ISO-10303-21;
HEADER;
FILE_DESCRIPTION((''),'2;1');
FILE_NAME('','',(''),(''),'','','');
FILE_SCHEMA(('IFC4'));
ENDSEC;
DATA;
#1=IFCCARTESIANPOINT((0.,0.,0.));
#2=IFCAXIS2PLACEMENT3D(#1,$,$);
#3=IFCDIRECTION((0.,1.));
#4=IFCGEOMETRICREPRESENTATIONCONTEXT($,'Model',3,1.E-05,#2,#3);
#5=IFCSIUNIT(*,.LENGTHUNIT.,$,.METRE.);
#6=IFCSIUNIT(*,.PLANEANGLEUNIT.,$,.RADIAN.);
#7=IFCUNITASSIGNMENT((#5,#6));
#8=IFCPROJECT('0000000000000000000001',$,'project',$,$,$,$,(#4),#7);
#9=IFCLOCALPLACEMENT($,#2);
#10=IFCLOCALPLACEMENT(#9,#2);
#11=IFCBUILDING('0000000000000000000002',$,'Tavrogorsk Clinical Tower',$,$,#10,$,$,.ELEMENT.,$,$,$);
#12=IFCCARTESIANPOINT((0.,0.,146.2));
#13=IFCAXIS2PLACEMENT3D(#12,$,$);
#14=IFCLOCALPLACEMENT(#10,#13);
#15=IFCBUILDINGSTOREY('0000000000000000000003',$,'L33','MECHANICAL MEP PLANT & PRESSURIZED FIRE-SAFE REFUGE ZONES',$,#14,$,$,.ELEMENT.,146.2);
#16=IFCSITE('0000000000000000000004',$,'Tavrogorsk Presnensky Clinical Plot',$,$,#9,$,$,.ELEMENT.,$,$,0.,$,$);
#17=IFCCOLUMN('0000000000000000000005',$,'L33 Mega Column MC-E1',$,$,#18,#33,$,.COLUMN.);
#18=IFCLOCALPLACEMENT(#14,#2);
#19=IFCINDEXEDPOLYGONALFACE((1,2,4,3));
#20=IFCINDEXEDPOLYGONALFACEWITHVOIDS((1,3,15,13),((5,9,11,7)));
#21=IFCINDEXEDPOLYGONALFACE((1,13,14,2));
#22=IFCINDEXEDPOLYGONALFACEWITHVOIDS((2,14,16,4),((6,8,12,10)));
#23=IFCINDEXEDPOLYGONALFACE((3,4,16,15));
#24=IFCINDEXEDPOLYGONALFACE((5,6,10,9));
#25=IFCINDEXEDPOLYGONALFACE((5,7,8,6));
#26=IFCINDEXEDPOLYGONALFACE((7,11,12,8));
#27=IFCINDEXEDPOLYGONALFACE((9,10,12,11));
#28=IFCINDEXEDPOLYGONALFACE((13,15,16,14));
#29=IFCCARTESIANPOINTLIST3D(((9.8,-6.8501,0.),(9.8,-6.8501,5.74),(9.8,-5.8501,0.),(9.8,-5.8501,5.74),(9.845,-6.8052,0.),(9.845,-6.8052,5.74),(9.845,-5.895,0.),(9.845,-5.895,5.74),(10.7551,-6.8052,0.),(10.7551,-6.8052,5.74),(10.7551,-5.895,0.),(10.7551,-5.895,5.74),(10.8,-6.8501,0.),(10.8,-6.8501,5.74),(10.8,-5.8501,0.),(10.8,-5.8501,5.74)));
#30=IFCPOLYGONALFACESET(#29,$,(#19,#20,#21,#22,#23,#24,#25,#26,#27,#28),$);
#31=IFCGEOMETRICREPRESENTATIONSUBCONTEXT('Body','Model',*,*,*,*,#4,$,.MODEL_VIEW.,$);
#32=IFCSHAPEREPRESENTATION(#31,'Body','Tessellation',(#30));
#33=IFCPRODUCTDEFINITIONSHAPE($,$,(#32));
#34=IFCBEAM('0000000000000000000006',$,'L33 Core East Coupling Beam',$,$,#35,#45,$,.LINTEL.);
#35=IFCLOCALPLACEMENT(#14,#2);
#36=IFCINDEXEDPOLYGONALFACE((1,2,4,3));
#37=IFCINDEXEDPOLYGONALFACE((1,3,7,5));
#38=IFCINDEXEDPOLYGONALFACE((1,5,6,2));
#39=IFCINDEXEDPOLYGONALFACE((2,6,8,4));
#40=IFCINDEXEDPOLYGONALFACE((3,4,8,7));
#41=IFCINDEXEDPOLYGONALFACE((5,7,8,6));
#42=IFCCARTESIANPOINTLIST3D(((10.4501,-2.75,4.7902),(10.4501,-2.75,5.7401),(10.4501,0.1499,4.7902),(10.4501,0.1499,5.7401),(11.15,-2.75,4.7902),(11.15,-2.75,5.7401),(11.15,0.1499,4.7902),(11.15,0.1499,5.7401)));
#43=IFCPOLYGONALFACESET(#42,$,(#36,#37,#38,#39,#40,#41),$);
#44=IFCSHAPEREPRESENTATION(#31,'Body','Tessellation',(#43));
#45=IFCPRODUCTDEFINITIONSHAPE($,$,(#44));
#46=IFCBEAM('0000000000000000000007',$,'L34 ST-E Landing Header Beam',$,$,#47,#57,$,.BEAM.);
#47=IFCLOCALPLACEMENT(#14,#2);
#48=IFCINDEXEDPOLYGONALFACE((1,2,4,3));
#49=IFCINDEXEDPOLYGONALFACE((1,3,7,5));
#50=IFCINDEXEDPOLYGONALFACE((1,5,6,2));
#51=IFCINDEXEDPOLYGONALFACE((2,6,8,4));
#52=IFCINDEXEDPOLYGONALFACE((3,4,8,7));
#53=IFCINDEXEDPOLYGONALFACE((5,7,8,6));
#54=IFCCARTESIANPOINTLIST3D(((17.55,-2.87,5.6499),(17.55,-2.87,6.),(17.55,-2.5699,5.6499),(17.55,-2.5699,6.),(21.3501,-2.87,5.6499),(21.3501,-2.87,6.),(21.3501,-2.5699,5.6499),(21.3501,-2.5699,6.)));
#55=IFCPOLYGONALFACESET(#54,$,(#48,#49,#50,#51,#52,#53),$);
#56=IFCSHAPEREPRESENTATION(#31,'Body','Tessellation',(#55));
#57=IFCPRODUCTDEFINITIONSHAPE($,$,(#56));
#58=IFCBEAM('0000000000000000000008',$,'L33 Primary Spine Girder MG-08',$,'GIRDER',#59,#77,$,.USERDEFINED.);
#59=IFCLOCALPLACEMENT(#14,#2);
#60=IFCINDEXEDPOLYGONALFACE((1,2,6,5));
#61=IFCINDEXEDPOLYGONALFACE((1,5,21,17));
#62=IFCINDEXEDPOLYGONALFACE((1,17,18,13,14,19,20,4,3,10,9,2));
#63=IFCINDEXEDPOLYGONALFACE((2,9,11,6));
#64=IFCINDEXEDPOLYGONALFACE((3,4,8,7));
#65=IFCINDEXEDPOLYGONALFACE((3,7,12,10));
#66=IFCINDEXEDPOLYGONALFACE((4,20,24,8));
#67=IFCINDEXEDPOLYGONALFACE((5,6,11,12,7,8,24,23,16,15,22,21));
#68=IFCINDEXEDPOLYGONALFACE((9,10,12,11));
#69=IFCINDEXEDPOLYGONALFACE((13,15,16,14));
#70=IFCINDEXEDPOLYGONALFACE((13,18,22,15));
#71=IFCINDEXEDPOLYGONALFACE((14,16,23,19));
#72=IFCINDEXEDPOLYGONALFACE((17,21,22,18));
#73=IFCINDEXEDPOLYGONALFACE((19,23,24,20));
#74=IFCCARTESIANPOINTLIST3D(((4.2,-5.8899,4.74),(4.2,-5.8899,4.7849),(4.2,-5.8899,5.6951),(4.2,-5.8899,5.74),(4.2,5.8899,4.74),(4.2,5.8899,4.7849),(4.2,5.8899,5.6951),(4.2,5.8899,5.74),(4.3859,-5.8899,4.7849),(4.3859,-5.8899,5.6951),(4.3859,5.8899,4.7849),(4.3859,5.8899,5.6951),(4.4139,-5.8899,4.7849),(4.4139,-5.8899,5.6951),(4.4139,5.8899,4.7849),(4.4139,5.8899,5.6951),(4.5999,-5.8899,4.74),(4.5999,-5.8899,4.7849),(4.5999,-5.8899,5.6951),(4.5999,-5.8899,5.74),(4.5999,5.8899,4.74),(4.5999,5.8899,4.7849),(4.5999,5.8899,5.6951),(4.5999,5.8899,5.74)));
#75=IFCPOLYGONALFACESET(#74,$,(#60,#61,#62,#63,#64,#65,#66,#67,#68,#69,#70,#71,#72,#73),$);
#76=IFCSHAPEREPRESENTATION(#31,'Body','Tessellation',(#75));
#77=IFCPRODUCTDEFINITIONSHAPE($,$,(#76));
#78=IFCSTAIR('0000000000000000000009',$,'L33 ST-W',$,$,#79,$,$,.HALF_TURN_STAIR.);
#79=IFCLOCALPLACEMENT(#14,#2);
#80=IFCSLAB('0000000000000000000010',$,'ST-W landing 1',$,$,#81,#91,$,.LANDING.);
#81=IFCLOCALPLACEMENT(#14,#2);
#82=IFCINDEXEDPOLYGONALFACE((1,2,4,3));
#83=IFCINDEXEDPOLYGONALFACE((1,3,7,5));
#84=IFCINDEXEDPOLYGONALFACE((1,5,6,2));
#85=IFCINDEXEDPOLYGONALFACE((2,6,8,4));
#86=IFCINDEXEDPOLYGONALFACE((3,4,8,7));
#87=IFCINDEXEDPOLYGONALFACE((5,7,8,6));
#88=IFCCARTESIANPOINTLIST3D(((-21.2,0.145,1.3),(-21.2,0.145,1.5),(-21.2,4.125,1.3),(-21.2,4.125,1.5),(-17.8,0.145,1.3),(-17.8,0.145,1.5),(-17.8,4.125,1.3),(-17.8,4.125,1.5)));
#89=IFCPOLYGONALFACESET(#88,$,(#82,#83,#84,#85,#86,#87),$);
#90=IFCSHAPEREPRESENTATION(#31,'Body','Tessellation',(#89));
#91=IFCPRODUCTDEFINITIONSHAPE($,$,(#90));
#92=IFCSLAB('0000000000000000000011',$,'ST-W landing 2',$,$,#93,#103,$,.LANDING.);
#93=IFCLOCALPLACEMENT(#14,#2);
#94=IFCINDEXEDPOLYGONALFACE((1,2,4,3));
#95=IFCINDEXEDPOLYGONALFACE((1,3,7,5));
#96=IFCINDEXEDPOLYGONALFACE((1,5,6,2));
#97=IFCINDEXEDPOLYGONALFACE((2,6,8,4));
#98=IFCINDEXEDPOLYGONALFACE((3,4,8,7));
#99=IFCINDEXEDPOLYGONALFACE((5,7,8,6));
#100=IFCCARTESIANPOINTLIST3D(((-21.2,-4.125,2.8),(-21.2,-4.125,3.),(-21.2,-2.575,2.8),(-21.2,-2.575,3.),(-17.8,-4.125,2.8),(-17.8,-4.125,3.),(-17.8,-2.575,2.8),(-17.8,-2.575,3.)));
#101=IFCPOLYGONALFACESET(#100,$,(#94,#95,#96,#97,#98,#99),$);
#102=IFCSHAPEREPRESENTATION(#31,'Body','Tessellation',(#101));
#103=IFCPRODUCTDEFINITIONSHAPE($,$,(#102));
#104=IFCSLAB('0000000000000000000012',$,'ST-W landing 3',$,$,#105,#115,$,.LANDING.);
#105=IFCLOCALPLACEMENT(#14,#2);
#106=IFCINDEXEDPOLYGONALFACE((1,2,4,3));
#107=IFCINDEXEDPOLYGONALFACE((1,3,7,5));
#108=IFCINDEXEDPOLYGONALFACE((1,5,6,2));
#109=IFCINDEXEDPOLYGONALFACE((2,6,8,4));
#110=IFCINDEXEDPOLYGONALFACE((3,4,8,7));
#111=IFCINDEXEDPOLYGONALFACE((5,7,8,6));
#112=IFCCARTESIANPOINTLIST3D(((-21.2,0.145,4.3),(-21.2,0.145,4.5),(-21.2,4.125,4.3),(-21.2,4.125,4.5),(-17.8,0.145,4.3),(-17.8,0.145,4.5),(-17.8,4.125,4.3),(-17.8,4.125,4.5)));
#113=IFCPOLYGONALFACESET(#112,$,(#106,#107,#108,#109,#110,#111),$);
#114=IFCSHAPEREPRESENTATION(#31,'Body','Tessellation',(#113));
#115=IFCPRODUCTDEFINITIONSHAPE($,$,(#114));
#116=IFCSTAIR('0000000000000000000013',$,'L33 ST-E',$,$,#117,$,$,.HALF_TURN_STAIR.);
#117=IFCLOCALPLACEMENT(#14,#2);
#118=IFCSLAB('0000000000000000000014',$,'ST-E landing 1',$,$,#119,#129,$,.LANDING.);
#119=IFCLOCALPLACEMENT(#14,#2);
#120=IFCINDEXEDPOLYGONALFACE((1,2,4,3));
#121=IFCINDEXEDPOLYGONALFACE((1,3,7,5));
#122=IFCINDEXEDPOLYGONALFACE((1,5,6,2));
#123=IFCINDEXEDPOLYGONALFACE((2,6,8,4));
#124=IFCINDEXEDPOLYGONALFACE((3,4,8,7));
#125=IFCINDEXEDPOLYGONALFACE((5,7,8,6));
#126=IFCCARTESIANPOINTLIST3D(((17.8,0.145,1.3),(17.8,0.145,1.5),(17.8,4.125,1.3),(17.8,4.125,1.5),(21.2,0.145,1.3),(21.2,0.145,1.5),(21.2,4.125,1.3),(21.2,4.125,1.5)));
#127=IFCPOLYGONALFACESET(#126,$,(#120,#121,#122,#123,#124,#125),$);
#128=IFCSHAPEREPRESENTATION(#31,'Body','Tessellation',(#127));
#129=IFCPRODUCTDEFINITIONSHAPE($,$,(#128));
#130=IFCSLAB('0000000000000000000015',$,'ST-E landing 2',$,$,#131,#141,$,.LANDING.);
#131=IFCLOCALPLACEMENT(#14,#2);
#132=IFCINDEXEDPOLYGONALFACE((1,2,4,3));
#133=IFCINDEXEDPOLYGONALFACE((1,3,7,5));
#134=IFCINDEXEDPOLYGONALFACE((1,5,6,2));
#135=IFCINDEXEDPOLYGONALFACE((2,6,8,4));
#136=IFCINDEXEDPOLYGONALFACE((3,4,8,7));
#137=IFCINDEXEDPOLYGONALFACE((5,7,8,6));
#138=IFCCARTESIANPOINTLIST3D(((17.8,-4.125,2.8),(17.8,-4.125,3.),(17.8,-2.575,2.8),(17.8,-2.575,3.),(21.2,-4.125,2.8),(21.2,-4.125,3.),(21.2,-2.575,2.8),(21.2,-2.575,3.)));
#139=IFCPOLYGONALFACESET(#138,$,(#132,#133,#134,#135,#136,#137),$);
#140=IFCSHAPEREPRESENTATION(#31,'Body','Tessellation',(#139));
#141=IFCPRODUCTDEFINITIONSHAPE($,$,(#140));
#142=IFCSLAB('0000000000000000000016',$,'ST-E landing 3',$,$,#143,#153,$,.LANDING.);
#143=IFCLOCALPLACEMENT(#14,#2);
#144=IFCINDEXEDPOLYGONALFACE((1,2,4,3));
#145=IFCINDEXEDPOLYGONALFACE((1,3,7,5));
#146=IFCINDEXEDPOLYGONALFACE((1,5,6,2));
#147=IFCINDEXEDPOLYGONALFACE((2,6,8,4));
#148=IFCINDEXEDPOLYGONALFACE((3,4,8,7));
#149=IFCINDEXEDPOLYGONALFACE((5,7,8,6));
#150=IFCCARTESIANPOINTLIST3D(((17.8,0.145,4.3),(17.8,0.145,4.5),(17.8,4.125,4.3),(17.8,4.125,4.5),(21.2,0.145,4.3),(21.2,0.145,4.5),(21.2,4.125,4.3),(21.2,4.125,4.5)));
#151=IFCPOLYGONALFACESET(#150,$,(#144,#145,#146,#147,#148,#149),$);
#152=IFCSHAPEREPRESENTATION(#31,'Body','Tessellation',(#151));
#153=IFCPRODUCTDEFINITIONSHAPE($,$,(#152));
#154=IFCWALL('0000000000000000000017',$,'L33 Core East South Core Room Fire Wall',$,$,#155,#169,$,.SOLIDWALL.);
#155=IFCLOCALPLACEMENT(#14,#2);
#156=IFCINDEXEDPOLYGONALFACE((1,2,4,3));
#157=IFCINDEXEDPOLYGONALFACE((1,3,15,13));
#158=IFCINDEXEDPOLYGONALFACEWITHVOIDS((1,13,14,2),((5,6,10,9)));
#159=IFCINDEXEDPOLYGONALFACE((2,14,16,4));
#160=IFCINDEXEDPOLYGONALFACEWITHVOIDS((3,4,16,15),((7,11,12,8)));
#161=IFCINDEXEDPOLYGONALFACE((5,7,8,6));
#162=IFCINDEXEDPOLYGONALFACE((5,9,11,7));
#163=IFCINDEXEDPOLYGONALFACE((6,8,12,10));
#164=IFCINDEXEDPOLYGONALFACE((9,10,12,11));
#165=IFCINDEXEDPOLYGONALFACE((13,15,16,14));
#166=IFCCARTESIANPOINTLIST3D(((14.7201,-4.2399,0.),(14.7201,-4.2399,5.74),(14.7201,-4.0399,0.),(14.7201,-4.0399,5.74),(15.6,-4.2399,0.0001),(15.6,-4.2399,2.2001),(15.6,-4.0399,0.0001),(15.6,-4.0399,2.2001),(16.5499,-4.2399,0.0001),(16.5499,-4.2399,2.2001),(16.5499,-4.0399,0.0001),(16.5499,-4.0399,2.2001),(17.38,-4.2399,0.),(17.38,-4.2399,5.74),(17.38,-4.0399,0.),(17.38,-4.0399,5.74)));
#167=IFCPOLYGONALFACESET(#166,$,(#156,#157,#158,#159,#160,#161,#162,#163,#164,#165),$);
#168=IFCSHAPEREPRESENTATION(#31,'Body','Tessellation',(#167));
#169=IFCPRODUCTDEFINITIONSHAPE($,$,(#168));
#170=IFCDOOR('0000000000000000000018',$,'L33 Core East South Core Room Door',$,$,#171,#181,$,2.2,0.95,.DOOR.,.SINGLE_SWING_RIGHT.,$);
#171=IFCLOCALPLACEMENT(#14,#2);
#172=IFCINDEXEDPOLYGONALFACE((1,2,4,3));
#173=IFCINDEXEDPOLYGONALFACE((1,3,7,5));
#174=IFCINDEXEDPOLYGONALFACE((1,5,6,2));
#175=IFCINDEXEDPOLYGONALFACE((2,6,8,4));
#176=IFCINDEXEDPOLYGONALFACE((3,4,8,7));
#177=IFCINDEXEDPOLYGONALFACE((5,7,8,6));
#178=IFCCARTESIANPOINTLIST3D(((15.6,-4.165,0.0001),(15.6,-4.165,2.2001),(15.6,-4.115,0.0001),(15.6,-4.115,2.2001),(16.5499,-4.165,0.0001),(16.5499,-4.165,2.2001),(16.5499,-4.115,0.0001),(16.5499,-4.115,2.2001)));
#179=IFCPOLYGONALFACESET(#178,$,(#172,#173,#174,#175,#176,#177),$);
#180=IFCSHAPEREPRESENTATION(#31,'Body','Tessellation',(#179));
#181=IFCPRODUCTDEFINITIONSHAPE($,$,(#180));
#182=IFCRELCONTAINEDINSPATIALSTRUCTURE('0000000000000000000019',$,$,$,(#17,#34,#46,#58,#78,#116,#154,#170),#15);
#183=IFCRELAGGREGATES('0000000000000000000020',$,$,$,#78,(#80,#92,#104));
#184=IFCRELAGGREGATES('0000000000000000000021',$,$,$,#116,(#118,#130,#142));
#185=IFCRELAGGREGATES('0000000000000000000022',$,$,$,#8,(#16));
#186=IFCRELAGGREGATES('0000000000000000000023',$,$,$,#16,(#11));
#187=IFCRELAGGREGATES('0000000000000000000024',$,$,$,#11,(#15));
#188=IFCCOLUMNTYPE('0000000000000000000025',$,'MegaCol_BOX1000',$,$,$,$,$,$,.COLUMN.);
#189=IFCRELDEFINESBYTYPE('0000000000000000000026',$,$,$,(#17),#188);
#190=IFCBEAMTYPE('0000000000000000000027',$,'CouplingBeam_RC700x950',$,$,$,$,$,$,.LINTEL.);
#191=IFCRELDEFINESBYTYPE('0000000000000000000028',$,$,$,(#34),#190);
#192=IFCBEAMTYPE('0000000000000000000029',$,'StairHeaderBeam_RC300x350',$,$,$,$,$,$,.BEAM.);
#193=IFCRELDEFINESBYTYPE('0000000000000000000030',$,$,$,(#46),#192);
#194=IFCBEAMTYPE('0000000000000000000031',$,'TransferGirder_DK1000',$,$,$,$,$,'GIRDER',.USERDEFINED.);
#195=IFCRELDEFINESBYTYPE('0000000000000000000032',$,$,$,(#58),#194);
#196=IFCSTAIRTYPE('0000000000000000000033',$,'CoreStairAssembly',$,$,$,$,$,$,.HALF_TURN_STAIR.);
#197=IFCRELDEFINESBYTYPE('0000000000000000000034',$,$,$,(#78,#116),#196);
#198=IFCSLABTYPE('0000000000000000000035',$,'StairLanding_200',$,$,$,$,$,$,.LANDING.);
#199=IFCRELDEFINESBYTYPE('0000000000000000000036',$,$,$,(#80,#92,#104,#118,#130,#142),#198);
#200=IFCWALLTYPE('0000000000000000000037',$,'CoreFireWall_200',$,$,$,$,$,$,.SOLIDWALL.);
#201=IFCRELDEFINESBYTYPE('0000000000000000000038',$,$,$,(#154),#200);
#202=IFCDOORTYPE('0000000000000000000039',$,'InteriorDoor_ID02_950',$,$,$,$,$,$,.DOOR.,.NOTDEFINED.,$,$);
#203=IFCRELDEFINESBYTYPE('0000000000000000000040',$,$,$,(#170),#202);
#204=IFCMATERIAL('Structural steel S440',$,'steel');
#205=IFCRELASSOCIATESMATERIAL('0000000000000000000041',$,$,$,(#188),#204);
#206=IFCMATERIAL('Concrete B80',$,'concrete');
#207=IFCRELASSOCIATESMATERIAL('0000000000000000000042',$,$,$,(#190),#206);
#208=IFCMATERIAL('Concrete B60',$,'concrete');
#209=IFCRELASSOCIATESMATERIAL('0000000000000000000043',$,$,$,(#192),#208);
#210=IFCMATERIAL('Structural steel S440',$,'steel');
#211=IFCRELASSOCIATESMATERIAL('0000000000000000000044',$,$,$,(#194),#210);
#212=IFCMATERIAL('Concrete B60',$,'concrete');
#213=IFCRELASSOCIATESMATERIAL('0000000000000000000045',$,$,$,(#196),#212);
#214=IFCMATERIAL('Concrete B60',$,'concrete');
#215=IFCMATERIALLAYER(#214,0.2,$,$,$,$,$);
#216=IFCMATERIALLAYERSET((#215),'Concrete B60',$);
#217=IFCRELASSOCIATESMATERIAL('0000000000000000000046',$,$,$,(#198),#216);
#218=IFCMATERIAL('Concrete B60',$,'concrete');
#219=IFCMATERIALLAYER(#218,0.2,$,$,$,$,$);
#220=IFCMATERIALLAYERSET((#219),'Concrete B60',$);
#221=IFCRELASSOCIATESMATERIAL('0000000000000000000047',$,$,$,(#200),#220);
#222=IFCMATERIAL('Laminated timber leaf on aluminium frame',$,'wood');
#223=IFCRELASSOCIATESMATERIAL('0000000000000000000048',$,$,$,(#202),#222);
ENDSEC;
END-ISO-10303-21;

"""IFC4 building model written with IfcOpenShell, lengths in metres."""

from ifc_helpers import new_model, si_unit, direction, frame, frame_2d, origin, origin_2d, place, context, subcontext, project, spatial, polyline, rectangle, hollow_rectangle, i_section, outline, extrude, material, layer, layer_set, material_profile, profile_set, type_object, element, fill, aggregate, save


model = new_model("IFC4")

# Units and contexts
model_context = context("Model", 3, precision=1e-05, world=origin(), true_north=direction((0.0, 1.0)))
body_context = subcontext(model_context, "Body", "Model", "MODEL_VIEW")
ifc_project = project(units=[si_unit("LENGTHUNIT", "METRE"), si_unit("PLANEANGLEUNIT", "RADIAN")], contexts=[model_context])

# Site, building, storey
site_placement = place(None, origin())
site = spatial("IfcSite", under=ifc_project, at=site_placement, Name="Tavrogorsk Presnensky Clinical Plot", CompositionType="ELEMENT", RefElevation=0.0)
building_placement = place(site_placement, origin())
building = spatial("IfcBuilding", under=site, at=building_placement, Name="Tavrogorsk Clinical Tower", CompositionType="ELEMENT")
storey_placement = place(building_placement, frame((0.0, 0.0, 146.2)))
storey = spatial("IfcBuildingStorey", under=building, at=storey_placement, Name="L33", Description="MECHANICAL MEP PLANT & PRESSURIZED FIRE-SAFE REFUGE ZONES", CompositionType="ELEMENT", Elevation=146.2)

# Column
ifc_material_1 = material(Name="Structural steel S440", Category="steel")
ifc_material_profile_1 = material_profile(ifc_material_1, hollow_rectangle(XDim=1.0, YDim=1.0, WallThickness=0.0449, at=origin_2d()), Name="BOX-1000x1000x45")
ifc_profile_set_1 = profile_set([ifc_material_profile_1], Name="Structural steel S440")
column_type = type_object("IfcColumnType", Name="MegaCol_BOX1000", PredefinedType="COLUMN", material=ifc_profile_set_1)
column_placement = place(storey_placement, frame((10.3, -6.3501, 0.0), z_axis=(0.0, 0.0, 1.0), x_axis=(1.0, 0.0, 0.0)))
element("IfcColumn", 1, at=column_placement, inside=storey, type_object=column_type, Name="L33 Mega Column MC-E1", PredefinedType="COLUMN", context=body_context, shape_type="SweptSolid", body=[
    extrude(hollow_rectangle(XDim=1.0, YDim=1.0, WallThickness=0.0449, at=origin_2d()), origin(), (0.0, 0.0, 1.0), 5.74),
])

# Beams
ifc_material_2 = material(Name="Concrete B80", Category="concrete")
ifc_material_profile_2 = material_profile(ifc_material_2, rectangle(XDim=0.7, YDim=0.95, at=origin_2d()), Name="RC-CB-700x950")
ifc_profile_set_2 = profile_set([ifc_material_profile_2], Name="Concrete B80")
beam_type_1 = type_object("IfcBeamType", Name="CouplingBeam_RC700x950", PredefinedType="LINTEL", material=ifc_profile_set_2)
beam_1_placement = place(storey_placement, frame((10.8, -2.75, 5.2651), z_axis=(0.0, 1.0, 0.0), x_axis=(-1.0, 0.0, 0.0)))
element("IfcBeam", 2, at=beam_1_placement, inside=storey, type_object=beam_type_1, Name="L33 Core East Coupling Beam", PredefinedType="LINTEL", context=body_context, shape_type="SweptSolid", body=[
    extrude(rectangle(XDim=0.7, YDim=0.95, at=origin_2d()), origin(), (0.0, 0.0, 1.0), 2.8999),
])
ifc_material_3 = material(Name="Concrete B60", Category="concrete")
ifc_material_profile_3 = material_profile(ifc_material_3, rectangle(XDim=0.3, YDim=0.3501, at=origin_2d()), Name="RC-SHB-300x350")
ifc_profile_set_3 = profile_set([ifc_material_profile_3], Name="Concrete B60")
beam_type_2 = type_object("IfcBeamType", Name="StairHeaderBeam_RC300x350", PredefinedType="BEAM", material=ifc_profile_set_3)
beam_2_placement = place(storey_placement, frame((17.55, -2.72, 5.825), z_axis=(1.0, 0.0, 0.0), x_axis=(0.0, 1.0, 0.0)))
element("IfcBeam", 3, at=beam_2_placement, inside=storey, type_object=beam_type_2, Name="L34 ST-E Landing Header Beam", PredefinedType="BEAM", context=body_context, shape_type="SweptSolid", body=[
    extrude(rectangle(XDim=0.3, YDim=0.3501, at=origin_2d()), origin(), (0.0, 0.0, 1.0), 3.8),
])
ifc_material_4 = material(Name="Structural steel S440", Category="steel")
ifc_material_profile_4 = material_profile(ifc_material_4, i_section(OverallWidth=0.3999, OverallDepth=1.0, WebThickness=0.0281, FlangeThickness=0.0449, at=origin_2d()), Name="DK-1000x400x28x45")
ifc_profile_set_4 = profile_set([ifc_material_profile_4], Name="Structural steel S440")
beam_type_3 = type_object("IfcBeamType", Name="TransferGirder_DK1000", ElementType="GIRDER", PredefinedType="USERDEFINED", material=ifc_profile_set_4)
beam_3_placement = place(storey_placement, frame((4.3999, -5.8899, 5.24), z_axis=(0.0, 1.0, 0.0), x_axis=(-1.0, 0.0, 0.0)))
element("IfcBeam", 4, at=beam_3_placement, inside=storey, type_object=beam_type_3, Name="L33 Primary Spine Girder MG-08", ObjectType="GIRDER", PredefinedType="USERDEFINED", context=body_context, shape_type="SweptSolid", body=[
    extrude(i_section(OverallWidth=0.3999, OverallDepth=1.0, WebThickness=0.0281, FlangeThickness=0.0449, at=origin_2d()), origin(), (0.0, 0.0, 1.0), 11.7798),
])

# Stairs, slabs
ifc_material_5 = material(Name="Concrete B60", Category="concrete")
stair_type = type_object("IfcStairType", Name="CoreStairAssembly", PredefinedType="HALF_TURN_STAIR", material=ifc_material_5)
stair_1_placement = place(storey_placement, origin())
stair_1 = element("IfcStair", 5, at=stair_1_placement, inside=storey, type_object=stair_type, Name="L33 ST-W", PredefinedType="HALF_TURN_STAIR")
ifc_material_6 = material(Name="Concrete B60", Category="concrete")
ifc_layer_1 = layer(ifc_material_6, 0.2)
ifc_layer_set_1 = layer_set([ifc_layer_1], Name="Concrete B60")
slab_type = type_object("IfcSlabType", Name="StairLanding_200", PredefinedType="LANDING", material=ifc_layer_set_1)
slab_1_placement = place(storey_placement, frame((0.0, 0.0, 1.3)))
slab_1 = element("IfcSlab", 6, at=slab_1_placement, type_object=slab_type, Name="ST-W landing 1", PredefinedType="LANDING", context=body_context, shape_type="SweptSolid", body=[
    extrude(outline(polyline([(-17.8, 0.145), (-17.8, 4.125), (-21.2, 4.125), (-21.2, 0.145), (-17.8, 0.145)])), origin(), (0.0, 0.0, 1.0), 0.2),
])
slab_2_placement = place(storey_placement, frame((0.0, 0.0, 2.8)))
slab_2 = element("IfcSlab", 7, at=slab_2_placement, type_object=slab_type, Name="ST-W landing 2", PredefinedType="LANDING", context=body_context, shape_type="SweptSolid", body=[
    extrude(outline(polyline([(-17.8, -4.125), (-17.8, -2.575), (-21.2, -2.575), (-21.2, -4.125), (-17.8, -4.125)])), origin(), (0.0, 0.0, 1.0), 0.2),
])
slab_3_placement = place(storey_placement, frame((0.0, 0.0, 4.3)))
slab_3 = element("IfcSlab", 8, at=slab_3_placement, type_object=slab_type, Name="ST-W landing 3", PredefinedType="LANDING", context=body_context, shape_type="SweptSolid", body=[
    extrude(outline(polyline([(-17.8, 0.145), (-17.8, 4.125), (-21.2, 4.125), (-21.2, 0.145), (-17.8, 0.145)])), origin(), (0.0, 0.0, 1.0), 0.2),
])
aggregate(stair_1, [slab_1, slab_2, slab_3])
stair_2_placement = place(storey_placement, origin())
stair_2 = element("IfcStair", 9, at=stair_2_placement, inside=storey, type_object=stair_type, Name="L33 ST-E", PredefinedType="HALF_TURN_STAIR")
slab_4_placement = place(storey_placement, frame((0.0, 0.0, 1.3)))
slab_4 = element("IfcSlab", 10, at=slab_4_placement, type_object=slab_type, Name="ST-E landing 1", PredefinedType="LANDING", context=body_context, shape_type="SweptSolid", body=[
    extrude(outline(polyline([(21.2, 0.145), (21.2, 4.125), (17.8, 4.125), (17.8, 0.145), (21.2, 0.145)])), origin(), (0.0, 0.0, 1.0), 0.2),
])
slab_5_placement = place(storey_placement, frame((0.0, 0.0, 2.8)))
slab_5 = element("IfcSlab", 11, at=slab_5_placement, type_object=slab_type, Name="ST-E landing 2", PredefinedType="LANDING", context=body_context, shape_type="SweptSolid", body=[
    extrude(outline(polyline([(21.2, -4.125), (21.2, -2.575), (17.8, -2.575), (17.8, -4.125), (21.2, -4.125)])), origin(), (0.0, 0.0, 1.0), 0.2),
])
slab_6_placement = place(storey_placement, frame((0.0, 0.0, 4.3)))
slab_6 = element("IfcSlab", 12, at=slab_6_placement, type_object=slab_type, Name="ST-E landing 3", PredefinedType="LANDING", context=body_context, shape_type="SweptSolid", body=[
    extrude(outline(polyline([(21.2, 0.145), (21.2, 4.125), (17.8, 4.125), (17.8, 0.145), (21.2, 0.145)])), origin(), (0.0, 0.0, 1.0), 0.2),
])
aggregate(stair_2, [slab_4, slab_5, slab_6])

# Wall, opening, door
ifc_material_7 = material(Name="Concrete B60", Category="concrete")
ifc_layer_2 = layer(ifc_material_7, 0.2)
ifc_layer_set_2 = layer_set([ifc_layer_2], Name="Concrete B60")
wall_type_1 = type_object("IfcWallType", Name="CoreFireWall_200", PredefinedType="SOLIDWALL", material=ifc_layer_set_2)
wall_1_placement = place(storey_placement, frame((14.72, -4.1399, 0.0), z_axis=(0.0, 0.0, 1.0), x_axis=(1.0, 0.0, 0.0)))
wall_1 = element("IfcWall", 13, at=wall_1_placement, inside=storey, type_object=wall_type_1, Name="L33 Core East South Core Room Fire Wall", PredefinedType="SOLIDWALL", context=body_context, shape_type="SweptSolid", body=[
    extrude(rectangle(XDim=2.6599, YDim=0.2, at=frame_2d((1.3301, 0.0))), origin(), (0.0, 0.0, 1.0), 5.74),
])
opening_1_placement = place(wall_1_placement, frame((0.8799, 0.0, 0.0)))
opening_1 = element("IfcOpeningElement", 14, at=opening_1_placement, cuts=wall_1, PredefinedType="OPENING", context=body_context, shape_type="SweptSolid", body=[
    extrude(rectangle(XDim=0.95, YDim=2.2, at=frame_2d((0.4751, 1.1001))), frame((0.0, 0.1099, 0.0), z_axis=(0.0, -1.0, 0.0), x_axis=(1.0, 0.0, 0.0)), (0.0, 0.0, 1.0), 0.22),
])
ifc_material_8 = material(Name="Laminated timber leaf on aluminium frame", Category="wood")
door_type_1 = type_object("IfcDoorType", Name="InteriorDoor_ID02_950", OperationType="NOTDEFINED", PredefinedType="DOOR", material=ifc_material_8)
door_1_placement = place(opening_1_placement, origin())
door_1 = element("IfcDoor", 15, at=door_1_placement, inside=storey, type_object=door_type_1, Name="L33 Core East South Core Room Door", OperationType="SINGLE_SWING_RIGHT", OverallHeight=2.2, OverallWidth=0.95, PredefinedType="DOOR", context=body_context, shape_type="SweptSolid", body=[
    extrude(rectangle(XDim=0.95, YDim=2.2, at=frame_2d((0.4751, 1.1001))), frame((0.0, 0.0249, 0.0), z_axis=(0.0, -1.0, 0.0), x_axis=(1.0, 0.0, 0.0)), (0.0, 0.0, 1.0), 0.05),
])
fill(opening_1, door_1)

save(model, "model.ifc")
